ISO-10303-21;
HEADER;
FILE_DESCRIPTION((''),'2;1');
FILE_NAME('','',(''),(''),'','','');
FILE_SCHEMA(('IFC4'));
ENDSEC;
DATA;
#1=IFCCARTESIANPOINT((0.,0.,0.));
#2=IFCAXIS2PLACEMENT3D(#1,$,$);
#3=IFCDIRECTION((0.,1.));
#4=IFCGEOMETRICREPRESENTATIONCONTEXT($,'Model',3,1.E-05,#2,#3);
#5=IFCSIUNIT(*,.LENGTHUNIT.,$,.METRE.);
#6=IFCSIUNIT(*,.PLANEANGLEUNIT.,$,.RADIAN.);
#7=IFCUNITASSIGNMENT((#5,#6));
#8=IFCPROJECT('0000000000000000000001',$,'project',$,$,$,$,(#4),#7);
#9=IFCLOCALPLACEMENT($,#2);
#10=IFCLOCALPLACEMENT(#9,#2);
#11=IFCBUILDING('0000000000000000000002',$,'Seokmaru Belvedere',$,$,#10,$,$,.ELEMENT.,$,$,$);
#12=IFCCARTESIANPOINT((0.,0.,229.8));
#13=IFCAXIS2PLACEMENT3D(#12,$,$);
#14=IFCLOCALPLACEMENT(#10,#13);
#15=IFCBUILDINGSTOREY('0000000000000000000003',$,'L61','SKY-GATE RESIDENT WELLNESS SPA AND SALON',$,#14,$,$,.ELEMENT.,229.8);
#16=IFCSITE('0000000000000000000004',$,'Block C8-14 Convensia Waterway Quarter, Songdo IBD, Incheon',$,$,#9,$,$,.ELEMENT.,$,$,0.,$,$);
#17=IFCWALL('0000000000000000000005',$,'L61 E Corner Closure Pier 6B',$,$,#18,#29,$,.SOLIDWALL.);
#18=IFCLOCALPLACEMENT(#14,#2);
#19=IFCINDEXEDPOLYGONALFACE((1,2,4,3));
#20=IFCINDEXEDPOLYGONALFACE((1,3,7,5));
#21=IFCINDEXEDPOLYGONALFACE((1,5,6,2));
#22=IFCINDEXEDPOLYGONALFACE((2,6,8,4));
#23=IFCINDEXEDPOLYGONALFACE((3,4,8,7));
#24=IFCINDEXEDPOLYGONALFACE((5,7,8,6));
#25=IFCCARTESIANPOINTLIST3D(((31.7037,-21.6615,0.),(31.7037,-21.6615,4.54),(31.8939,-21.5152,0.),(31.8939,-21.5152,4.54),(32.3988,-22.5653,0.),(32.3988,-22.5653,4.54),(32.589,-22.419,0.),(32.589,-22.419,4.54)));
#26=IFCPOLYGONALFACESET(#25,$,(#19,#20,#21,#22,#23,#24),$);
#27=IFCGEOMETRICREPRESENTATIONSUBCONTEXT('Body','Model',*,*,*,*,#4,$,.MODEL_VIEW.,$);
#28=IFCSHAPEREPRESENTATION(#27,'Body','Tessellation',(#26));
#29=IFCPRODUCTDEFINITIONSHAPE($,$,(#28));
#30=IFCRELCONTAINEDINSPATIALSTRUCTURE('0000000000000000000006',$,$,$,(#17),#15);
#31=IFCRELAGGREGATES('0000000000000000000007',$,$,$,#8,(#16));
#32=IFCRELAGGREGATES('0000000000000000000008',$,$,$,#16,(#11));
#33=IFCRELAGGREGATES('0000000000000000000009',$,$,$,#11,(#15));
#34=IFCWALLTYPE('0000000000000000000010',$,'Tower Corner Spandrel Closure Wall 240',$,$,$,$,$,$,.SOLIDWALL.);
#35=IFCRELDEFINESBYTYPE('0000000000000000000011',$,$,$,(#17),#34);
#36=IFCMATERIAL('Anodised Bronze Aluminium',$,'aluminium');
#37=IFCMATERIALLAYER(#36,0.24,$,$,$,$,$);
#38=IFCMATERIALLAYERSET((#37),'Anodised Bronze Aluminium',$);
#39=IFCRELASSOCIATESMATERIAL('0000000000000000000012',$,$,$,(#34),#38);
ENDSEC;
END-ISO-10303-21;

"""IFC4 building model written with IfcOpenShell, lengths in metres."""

from ifc_helpers import new_model, si_unit, direction, frame, frame_2d, origin, place, context, subcontext, project, spatial, rectangle, extrude, material, layer, layer_set, type_object, element, save


model = new_model("IFC4")

# Units and contexts
model_context = context("Model", 3, precision=1e-05, world=origin(), true_north=direction((0.0, 1.0)))
body_context = subcontext(model_context, "Body", "Model", "MODEL_VIEW")
ifc_project = project(units=[si_unit("LENGTHUNIT", "METRE"), si_unit("PLANEANGLEUNIT", "RADIAN")], contexts=[model_context])

# Site, building, storey
site_placement = place(None, origin())
site = spatial("IfcSite", under=ifc_project, at=site_placement, Name="Block C8-14 Convensia Waterway Quarter, Songdo IBD, Incheon", CompositionType="ELEMENT", RefElevation=0.0)
building_placement = place(site_placement, origin())
building = spatial("IfcBuilding", under=site, at=building_placement, Name="Seokmaru Belvedere", CompositionType="ELEMENT")
storey_placement = place(building_placement, frame((0.0, 0.0, 229.8)))
storey = spatial("IfcBuildingStorey", under=building, at=storey_placement, Name="L61", Description="SKY-GATE RESIDENT WELLNESS SPA AND SALON", CompositionType="ELEMENT", Elevation=229.8)

# Shared definitions
ifc_material_1 = material(Name="Anodised Bronze Aluminium", Category="aluminium")

# Wall
ifc_layer_1 = layer(ifc_material_1, 0.24)
ifc_layer_set_1 = layer_set([ifc_layer_1], Name="Anodised Bronze Aluminium")
wall_type = type_object("IfcWallType", Name="Tower Corner Spandrel Closure Wall 240", PredefinedType="SOLIDWALL", material=ifc_layer_set_1)
for number, where, z_axis, x_axis, name in (
    (1, (31.7988, -21.5884, 0.0), (0.0, 0.0, 1.0), (0.609618, -0.792696, 0.0), "L61 E Corner Closure Pier 6B"),
):
    element("IfcWall", number, at=place(storey_placement, frame(where, z_axis=z_axis, x_axis=x_axis)), inside=storey, type_object=wall_type, Name=name, PredefinedType="SOLIDWALL", context=body_context, shape_type="SweptSolid", body=[
        extrude(rectangle(XDim=1.1401, YDim=0.24, at=frame_2d((0.5701, 0.0))), origin(), (0.0, 0.0, 1.0), 4.54),
    ])

save(model, "model.ifc")
